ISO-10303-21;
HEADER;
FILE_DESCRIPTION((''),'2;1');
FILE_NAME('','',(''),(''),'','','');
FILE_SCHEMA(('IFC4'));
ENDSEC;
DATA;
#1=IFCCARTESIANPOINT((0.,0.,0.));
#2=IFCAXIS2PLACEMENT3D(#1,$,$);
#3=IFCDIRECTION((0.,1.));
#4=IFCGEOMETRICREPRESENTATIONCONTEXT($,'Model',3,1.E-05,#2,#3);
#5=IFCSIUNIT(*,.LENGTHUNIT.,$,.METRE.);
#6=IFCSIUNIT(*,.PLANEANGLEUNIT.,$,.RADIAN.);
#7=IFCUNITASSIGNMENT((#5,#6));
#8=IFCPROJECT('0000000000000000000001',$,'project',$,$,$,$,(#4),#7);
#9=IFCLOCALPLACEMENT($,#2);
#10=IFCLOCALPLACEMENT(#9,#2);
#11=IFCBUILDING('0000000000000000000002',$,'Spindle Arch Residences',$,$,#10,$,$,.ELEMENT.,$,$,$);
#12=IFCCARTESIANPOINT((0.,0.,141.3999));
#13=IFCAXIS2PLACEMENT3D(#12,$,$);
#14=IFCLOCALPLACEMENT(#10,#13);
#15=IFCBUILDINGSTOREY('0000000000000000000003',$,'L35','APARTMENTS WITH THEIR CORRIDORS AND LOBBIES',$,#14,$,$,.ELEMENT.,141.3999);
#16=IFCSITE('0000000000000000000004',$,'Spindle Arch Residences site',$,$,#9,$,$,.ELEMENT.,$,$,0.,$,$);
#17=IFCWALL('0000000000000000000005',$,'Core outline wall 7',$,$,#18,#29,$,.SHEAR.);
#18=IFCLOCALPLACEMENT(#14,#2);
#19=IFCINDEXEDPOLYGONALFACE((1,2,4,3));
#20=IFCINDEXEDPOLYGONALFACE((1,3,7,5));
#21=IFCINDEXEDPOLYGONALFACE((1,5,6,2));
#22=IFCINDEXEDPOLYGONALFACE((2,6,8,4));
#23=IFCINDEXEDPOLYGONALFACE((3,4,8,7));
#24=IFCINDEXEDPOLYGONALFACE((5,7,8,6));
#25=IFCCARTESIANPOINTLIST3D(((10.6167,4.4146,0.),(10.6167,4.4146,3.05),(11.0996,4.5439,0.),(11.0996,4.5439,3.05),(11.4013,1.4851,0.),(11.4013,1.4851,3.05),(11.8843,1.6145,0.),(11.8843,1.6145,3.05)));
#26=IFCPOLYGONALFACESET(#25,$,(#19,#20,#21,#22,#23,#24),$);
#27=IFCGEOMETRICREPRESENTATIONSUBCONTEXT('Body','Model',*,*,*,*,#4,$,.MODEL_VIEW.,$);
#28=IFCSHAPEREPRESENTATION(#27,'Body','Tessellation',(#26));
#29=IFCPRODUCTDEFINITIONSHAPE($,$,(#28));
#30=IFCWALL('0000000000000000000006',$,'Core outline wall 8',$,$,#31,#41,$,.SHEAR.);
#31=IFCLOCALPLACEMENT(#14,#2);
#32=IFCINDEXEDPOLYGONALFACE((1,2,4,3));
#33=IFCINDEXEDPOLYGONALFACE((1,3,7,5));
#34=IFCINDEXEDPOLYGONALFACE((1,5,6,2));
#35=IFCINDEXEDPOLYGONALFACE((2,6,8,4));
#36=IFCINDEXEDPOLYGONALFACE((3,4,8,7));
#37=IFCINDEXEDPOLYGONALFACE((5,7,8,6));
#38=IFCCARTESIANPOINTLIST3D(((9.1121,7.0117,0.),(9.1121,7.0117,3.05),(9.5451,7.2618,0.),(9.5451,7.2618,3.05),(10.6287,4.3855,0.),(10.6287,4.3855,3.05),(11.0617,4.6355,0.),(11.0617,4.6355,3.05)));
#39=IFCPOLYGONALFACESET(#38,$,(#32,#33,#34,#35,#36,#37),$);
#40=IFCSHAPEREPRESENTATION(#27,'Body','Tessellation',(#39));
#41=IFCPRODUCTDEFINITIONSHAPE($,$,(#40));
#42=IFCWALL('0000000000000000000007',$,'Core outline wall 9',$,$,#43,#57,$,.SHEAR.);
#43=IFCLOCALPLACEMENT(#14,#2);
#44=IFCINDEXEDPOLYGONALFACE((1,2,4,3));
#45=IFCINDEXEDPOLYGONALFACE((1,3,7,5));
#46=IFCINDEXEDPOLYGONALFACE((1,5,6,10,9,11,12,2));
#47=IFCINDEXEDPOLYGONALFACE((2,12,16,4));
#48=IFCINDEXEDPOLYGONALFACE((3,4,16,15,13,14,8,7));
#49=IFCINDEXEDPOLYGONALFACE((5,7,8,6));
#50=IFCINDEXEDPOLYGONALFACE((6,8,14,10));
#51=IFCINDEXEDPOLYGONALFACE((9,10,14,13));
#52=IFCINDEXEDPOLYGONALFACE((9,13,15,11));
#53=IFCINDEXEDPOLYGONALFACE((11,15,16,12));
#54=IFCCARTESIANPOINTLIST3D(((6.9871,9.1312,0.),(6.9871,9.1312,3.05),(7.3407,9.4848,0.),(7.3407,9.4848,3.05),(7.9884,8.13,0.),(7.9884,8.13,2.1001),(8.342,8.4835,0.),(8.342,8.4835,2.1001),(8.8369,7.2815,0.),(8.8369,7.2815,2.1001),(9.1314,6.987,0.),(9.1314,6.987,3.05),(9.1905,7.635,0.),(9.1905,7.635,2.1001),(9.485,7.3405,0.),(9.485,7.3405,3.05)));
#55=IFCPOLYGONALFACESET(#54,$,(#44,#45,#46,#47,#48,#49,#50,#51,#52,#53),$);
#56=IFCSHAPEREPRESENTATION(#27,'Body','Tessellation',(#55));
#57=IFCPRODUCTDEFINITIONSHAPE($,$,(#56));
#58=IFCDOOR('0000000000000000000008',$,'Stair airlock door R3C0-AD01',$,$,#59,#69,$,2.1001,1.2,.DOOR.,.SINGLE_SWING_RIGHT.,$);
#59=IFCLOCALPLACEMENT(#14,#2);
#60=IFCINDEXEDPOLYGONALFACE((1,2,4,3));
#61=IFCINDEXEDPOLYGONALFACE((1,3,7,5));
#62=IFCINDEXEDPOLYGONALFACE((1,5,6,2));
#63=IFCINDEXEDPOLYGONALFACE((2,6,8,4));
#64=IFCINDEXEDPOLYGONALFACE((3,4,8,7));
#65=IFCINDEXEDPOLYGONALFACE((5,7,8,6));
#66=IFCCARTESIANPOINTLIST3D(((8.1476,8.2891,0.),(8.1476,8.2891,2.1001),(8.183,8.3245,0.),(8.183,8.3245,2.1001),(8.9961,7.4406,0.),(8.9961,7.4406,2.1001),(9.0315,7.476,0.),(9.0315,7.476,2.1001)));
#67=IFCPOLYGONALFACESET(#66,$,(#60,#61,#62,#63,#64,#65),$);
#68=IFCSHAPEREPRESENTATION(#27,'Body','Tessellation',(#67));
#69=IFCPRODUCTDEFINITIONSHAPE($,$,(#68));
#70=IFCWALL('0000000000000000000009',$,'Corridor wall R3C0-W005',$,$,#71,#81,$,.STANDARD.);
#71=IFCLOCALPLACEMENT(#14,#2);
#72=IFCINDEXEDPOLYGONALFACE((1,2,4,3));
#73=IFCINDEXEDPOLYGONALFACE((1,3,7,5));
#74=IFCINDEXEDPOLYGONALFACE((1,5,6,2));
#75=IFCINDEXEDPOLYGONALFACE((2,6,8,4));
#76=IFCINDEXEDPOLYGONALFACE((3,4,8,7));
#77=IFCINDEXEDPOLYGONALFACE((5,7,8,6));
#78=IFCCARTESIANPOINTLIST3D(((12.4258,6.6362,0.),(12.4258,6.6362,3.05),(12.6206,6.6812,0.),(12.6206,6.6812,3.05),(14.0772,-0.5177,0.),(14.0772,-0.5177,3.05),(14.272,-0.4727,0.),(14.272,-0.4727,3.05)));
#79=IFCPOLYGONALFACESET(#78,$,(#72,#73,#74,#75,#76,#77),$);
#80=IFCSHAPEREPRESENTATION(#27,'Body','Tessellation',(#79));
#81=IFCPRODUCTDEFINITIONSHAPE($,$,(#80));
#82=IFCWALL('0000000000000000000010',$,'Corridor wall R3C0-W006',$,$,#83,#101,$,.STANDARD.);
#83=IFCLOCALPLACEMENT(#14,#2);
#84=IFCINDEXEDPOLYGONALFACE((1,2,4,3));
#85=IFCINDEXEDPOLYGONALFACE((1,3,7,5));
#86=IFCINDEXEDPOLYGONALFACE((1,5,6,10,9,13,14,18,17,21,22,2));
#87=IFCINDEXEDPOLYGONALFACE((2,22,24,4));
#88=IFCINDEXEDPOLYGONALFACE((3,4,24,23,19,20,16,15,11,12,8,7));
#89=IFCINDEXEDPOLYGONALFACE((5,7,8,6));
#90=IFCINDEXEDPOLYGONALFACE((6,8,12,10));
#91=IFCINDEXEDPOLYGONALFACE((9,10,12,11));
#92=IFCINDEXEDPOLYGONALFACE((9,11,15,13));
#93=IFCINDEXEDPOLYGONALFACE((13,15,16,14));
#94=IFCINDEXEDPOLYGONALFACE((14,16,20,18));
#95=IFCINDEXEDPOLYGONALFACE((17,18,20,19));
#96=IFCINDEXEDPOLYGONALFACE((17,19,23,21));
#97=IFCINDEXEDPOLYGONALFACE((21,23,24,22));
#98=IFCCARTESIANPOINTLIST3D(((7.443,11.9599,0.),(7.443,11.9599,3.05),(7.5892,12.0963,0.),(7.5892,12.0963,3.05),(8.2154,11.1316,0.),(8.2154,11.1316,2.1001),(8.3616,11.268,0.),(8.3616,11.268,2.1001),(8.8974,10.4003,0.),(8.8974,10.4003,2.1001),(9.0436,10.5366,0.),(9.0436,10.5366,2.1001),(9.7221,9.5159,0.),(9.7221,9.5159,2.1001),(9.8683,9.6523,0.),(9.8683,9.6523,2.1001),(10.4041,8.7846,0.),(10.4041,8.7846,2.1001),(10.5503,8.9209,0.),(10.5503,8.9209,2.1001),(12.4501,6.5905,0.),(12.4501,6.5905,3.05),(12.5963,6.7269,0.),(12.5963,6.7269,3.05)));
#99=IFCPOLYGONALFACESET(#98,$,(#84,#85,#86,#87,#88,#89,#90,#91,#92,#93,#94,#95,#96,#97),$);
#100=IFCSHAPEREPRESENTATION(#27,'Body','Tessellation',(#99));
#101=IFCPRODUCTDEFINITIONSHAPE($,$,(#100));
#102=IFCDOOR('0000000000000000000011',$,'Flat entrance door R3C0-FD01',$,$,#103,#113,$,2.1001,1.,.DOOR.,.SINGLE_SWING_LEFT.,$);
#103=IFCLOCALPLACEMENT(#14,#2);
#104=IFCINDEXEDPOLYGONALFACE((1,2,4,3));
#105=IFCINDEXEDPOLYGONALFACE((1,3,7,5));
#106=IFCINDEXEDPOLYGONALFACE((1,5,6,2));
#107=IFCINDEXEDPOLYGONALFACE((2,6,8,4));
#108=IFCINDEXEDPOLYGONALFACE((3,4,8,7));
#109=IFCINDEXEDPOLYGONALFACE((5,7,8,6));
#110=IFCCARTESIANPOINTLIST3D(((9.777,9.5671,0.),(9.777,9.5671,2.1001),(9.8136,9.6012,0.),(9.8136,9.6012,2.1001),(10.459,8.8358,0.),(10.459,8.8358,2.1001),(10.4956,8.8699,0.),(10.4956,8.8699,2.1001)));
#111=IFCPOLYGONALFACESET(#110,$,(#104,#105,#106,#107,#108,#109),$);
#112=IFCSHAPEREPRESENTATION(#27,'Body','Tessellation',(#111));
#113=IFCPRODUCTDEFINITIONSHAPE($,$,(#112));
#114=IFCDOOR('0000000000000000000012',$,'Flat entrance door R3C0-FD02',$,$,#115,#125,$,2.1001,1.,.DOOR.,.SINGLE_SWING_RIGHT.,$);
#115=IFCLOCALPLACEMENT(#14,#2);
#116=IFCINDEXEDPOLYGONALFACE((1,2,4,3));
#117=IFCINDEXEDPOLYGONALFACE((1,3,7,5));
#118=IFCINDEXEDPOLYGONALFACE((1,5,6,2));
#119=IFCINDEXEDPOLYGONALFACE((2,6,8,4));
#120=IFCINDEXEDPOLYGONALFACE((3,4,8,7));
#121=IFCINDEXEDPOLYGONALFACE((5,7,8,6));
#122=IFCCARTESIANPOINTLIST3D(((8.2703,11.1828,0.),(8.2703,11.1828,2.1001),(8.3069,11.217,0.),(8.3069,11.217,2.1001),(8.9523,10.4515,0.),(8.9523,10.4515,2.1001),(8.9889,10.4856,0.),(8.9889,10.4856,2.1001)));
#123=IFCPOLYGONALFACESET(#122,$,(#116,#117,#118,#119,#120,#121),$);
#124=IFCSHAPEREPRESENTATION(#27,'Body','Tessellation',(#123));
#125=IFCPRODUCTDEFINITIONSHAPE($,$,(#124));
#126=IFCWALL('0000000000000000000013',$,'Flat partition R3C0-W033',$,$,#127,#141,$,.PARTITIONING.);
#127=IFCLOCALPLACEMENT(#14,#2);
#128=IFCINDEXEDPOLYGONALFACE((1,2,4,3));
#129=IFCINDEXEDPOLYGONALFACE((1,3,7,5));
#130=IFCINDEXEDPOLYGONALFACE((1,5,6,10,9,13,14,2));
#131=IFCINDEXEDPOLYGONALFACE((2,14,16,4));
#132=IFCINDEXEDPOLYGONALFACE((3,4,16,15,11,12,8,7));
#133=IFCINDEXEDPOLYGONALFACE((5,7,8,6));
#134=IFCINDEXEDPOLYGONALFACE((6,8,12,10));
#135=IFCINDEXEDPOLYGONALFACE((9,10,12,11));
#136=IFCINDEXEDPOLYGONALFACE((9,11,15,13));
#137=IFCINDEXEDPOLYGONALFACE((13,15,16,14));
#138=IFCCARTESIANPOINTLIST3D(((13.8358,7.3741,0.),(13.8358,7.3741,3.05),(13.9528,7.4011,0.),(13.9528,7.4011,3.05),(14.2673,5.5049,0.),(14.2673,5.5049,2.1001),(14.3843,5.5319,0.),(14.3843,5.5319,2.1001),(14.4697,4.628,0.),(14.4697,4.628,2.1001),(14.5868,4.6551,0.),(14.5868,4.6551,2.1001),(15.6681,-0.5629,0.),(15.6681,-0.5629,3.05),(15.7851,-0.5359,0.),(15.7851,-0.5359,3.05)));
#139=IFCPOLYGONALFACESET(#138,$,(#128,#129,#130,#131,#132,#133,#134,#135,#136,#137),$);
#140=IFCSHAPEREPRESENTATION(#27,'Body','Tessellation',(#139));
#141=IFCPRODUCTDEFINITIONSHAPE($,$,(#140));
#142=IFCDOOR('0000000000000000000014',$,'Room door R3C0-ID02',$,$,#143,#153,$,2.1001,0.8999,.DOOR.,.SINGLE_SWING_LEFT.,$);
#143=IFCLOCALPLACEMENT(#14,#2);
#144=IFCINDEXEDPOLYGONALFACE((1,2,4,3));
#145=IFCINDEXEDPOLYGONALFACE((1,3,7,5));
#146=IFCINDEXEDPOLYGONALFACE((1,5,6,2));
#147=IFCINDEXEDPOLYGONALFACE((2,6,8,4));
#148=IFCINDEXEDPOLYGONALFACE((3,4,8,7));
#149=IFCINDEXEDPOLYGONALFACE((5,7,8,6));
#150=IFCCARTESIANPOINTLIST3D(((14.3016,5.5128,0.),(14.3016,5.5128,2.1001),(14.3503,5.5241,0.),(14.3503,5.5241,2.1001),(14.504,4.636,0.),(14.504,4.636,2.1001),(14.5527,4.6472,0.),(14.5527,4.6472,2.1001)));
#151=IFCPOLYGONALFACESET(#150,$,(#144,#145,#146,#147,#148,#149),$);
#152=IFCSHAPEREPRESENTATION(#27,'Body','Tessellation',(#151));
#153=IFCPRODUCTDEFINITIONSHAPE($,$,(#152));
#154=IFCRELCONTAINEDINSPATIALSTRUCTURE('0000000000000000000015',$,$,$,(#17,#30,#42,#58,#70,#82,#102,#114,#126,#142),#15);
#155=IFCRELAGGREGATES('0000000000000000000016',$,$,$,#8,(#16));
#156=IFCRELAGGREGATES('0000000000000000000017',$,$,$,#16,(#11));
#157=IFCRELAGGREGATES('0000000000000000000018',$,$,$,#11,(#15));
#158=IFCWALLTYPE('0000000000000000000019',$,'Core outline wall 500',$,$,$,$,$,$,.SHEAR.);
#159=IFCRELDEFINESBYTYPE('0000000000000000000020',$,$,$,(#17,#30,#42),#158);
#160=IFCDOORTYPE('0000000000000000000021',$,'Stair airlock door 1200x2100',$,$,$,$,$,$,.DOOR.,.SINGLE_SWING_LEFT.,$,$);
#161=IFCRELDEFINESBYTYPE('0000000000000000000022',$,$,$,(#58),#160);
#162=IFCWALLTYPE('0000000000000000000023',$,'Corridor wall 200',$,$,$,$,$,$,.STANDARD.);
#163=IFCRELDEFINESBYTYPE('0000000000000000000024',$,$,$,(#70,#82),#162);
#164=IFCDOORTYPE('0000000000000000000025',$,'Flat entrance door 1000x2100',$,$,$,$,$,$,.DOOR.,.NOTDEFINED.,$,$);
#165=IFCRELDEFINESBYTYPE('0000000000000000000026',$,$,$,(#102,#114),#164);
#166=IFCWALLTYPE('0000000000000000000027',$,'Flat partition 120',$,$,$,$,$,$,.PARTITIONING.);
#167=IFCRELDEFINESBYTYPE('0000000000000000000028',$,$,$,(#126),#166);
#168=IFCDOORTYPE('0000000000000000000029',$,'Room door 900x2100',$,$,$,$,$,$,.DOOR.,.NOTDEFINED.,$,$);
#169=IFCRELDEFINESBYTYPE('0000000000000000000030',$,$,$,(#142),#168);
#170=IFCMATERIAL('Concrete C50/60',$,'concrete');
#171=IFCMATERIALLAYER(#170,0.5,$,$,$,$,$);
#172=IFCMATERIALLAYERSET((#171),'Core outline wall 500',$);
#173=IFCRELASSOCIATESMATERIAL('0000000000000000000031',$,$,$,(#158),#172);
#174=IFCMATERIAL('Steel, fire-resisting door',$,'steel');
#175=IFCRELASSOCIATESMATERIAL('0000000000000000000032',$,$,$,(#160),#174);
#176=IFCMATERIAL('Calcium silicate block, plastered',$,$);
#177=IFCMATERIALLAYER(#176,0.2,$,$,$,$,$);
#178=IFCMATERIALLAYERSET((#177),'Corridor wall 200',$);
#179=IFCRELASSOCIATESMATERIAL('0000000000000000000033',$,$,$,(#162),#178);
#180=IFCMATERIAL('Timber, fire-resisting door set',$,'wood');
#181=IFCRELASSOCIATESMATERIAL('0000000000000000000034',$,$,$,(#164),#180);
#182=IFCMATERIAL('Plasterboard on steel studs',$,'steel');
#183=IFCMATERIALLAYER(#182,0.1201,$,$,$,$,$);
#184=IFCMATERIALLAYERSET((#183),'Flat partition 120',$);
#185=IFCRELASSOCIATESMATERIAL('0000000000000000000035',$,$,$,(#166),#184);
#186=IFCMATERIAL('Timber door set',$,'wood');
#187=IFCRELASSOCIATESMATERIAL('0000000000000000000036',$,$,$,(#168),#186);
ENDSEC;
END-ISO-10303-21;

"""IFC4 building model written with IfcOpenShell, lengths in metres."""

from ifc_helpers import new_model, si_unit, direction, frame, frame_2d, origin, place, context, subcontext, project, spatial, rectangle, extrude, material, layer, layer_set, type_object, element, fill, save


model = new_model("IFC4")

# Units and contexts
model_context = context("Model", 3, precision=1e-05, world=origin(), true_north=direction((0.0, 1.0)))
body_context = subcontext(model_context, "Body", "Model", "MODEL_VIEW")
ifc_project = project(units=[si_unit("LENGTHUNIT", "METRE"), si_unit("PLANEANGLEUNIT", "RADIAN")], contexts=[model_context])

# Site, building, storey
site_placement = place(None, origin())
site = spatial("IfcSite", under=ifc_project, at=site_placement, Name="Spindle Arch Residences site", CompositionType="ELEMENT", RefElevation=0.0)
building_placement = place(site_placement, origin())
building = spatial("IfcBuilding", under=site, at=building_placement, Name="Spindle Arch Residences", CompositionType="ELEMENT")
storey_placement = place(building_placement, frame((0.0, 0.0, 141.3999)))
storey = spatial("IfcBuildingStorey", under=building, at=storey_placement, Name="L35", Description="APARTMENTS WITH THEIR CORRIDORS AND LOBBIES", CompositionType="ELEMENT", Elevation=141.3999)

# Walls
ifc_material_1 = material(Name="Concrete C50/60", Category="concrete")
ifc_layer_1 = layer(ifc_material_1, 0.5)
ifc_layer_set_1 = layer_set([ifc_layer_1], Name="Core outline wall 500")
wall_type_1 = type_object("IfcWallType", Name="Core outline wall 500", PredefinedType="SHEAR", material=ifc_layer_set_1)
for number, where, z_axis, x_axis, name in (
    (1, (11.6428, 1.5498, 0.0), (0.0, 0.0, 1.0), (-0.258735, 0.965948, 0.0), "Core outline wall 7"),
    (2, (10.8452, 4.5105, 0.0), (0.0, 0.0, 1.0), (-0.500087, 0.865975, 0.0), "Core outline wall 8"),
):
    element("IfcWall", number, at=place(storey_placement, frame(where, z_axis=z_axis, x_axis=x_axis)), inside=storey, type_object=wall_type_1, Name=name, PredefinedType="SHEAR", context=body_context, shape_type="SweptSolid", body=[
        extrude(rectangle(XDim=3.0327, YDim=0.5, at=frame_2d((1.5164, 0.0))), origin(), (0.0, 0.0, 1.0), 3.05),
    ])

# Wall, opening, door
wall_1_placement = place(storey_placement, frame((9.3081, 7.1638, 0.0), z_axis=(0.0, 0.0, 1.0), x_axis=(-0.707107, 0.707107, 0.0)))
wall_1 = element("IfcWall", 3, at=wall_1_placement, inside=storey, type_object=wall_type_1, Name="Core outline wall 9", PredefinedType="SHEAR", context=body_context, shape_type="SweptSolid", body=[
    extrude(rectangle(XDim=3.0325, YDim=0.5, at=frame_2d((1.5161, 0.0))), origin(), (0.0, 0.0, 1.0), 3.05),
])
opening_1_placement = place(wall_1_placement, frame((0.4163, 0.0, 0.0)))
opening_1 = element("IfcOpeningElement", 4, at=opening_1_placement, cuts=wall_1, PredefinedType="OPENING", context=body_context, shape_type="SweptSolid", body=[
    extrude(rectangle(XDim=1.2, YDim=2.1001, at=frame_2d((0.6001, 1.05))), frame((0.0, 0.26, 0.0), z_axis=(0.0, -1.0, 0.0), x_axis=(1.0, 0.0, 0.0)), (0.0, 0.0, 1.0), 0.52),
])
ifc_material_2 = material(Name="Steel, fire-resisting door", Category="steel")
door_type_1 = type_object("IfcDoorType", Name="Stair airlock door 1200x2100", OperationType="SINGLE_SWING_LEFT", PredefinedType="DOOR", material=ifc_material_2)
door_1_placement = place(opening_1_placement, origin())
door_1 = element("IfcDoor", 5, at=door_1_placement, inside=storey, type_object=door_type_1, Name="Stair airlock door R3C0-AD01", OperationType="SINGLE_SWING_RIGHT", OverallHeight=2.1001, OverallWidth=1.2, PredefinedType="DOOR", context=body_context, shape_type="SweptSolid", body=[
    extrude(rectangle(XDim=1.2, YDim=2.1001, at=frame_2d((0.6001, 1.05))), frame((0.0, 0.0249, 0.0), z_axis=(0.0, -1.0, 0.0), x_axis=(1.0, 0.0, 0.0)), (0.0, 0.0, 1.0), 0.05),
])
fill(opening_1, door_1)

# Wall
ifc_material_3 = material(Name="Calcium silicate block, plastered")
ifc_layer_2 = layer(ifc_material_3, 0.2)
ifc_layer_set_2 = layer_set([ifc_layer_2], Name="Corridor wall 200")
wall_type_2 = type_object("IfcWallType", Name="Corridor wall 200", PredefinedType="STANDARD", material=ifc_layer_set_2)
wall_2_placement = place(storey_placement, frame((14.1746, -0.4951, 0.0), z_axis=(0.0, 0.0, 1.0), x_axis=(-0.224923, 0.974377, 0.0)))
element("IfcWall", 6, at=wall_2_placement, inside=storey, type_object=wall_type_2, Name="Corridor wall R3C0-W005", PredefinedType="STANDARD", context=body_context, shape_type="SweptSolid", body=[
    extrude(rectangle(XDim=7.342, YDim=0.2, at=frame_2d((3.6709, 0.0))), origin(), (0.0, 0.0, 1.0), 3.05),
])

# Wall, openings, doors
wall_3_placement = place(storey_placement, frame((12.5232, 6.6587, 0.0), z_axis=(0.0, 0.0, 1.0), x_axis=(-0.682002, 0.73135, 0.0)))
wall_3 = element("IfcWall", 7, at=wall_3_placement, inside=storey, type_object=wall_type_2, Name="Corridor wall R3C0-W006", PredefinedType="STANDARD", context=body_context, shape_type="SweptSolid", body=[
    extrude(rectangle(XDim=7.3418, YDim=0.2, at=frame_2d((3.6709, 0.0))), origin(), (0.0, 0.0, 1.0), 3.05),
])
opening_2_placement = place(wall_3_placement, frame((3.0, 0.0, 0.0)))
opening_2 = element("IfcOpeningElement", 8, at=opening_2_placement, cuts=wall_3, PredefinedType="OPENING", context=body_context, shape_type="SweptSolid", body=[
    extrude(rectangle(XDim=1.0, YDim=2.1001, at=frame_2d((0.5, 1.05))), frame((0.0, 0.1099, 0.0), z_axis=(0.0, -1.0, 0.0), x_axis=(1.0, 0.0, 0.0)), (0.0, 0.0, 1.0), 0.22),
])
opening_3_placement = place(wall_3_placement, frame((5.2092, 0.0, 0.0)))
opening_3 = element("IfcOpeningElement", 9, at=opening_3_placement, cuts=wall_3, PredefinedType="OPENING", context=body_context, shape_type="SweptSolid", body=[
    extrude(rectangle(XDim=1.0, YDim=2.1001, at=frame_2d((0.5, 1.05))), frame((0.0, 0.1099, 0.0), z_axis=(0.0, -1.0, 0.0), x_axis=(1.0, 0.0, 0.0)), (0.0, 0.0, 1.0), 0.22),
])
ifc_material_4 = material(Name="Timber, fire-resisting door set", Category="wood")
door_type_2 = type_object("IfcDoorType", Name="Flat entrance door 1000x2100", OperationType="NOTDEFINED", PredefinedType="DOOR", material=ifc_material_4)
door_2_placement = place(opening_2_placement, origin())
door_2 = element("IfcDoor", 10, at=door_2_placement, inside=storey, type_object=door_type_2, Name="Flat entrance door R3C0-FD01", OperationType="SINGLE_SWING_LEFT", OverallHeight=2.1001, OverallWidth=1.0, PredefinedType="DOOR", context=body_context, shape_type="SweptSolid", body=[
    extrude(rectangle(XDim=1.0, YDim=2.1001, at=frame_2d((0.5, 1.05))), frame((0.0, 0.0249, 0.0), z_axis=(0.0, -1.0, 0.0), x_axis=(1.0, 0.0, 0.0)), (0.0, 0.0, 1.0), 0.05),
])
fill(opening_2, door_2)
door_3_placement = place(opening_3_placement, origin())
door_3 = element("IfcDoor", 11, at=door_3_placement, inside=storey, type_object=door_type_2, Name="Flat entrance door R3C0-FD02", OperationType="SINGLE_SWING_RIGHT", OverallHeight=2.1001, OverallWidth=1.0, PredefinedType="DOOR", context=body_context, shape_type="SweptSolid", body=[
    extrude(rectangle(XDim=1.0, YDim=2.1001, at=frame_2d((0.5, 1.05))), frame((0.0, 0.0249, 0.0), z_axis=(0.0, -1.0, 0.0), x_axis=(1.0, 0.0, 0.0)), (0.0, 0.0, 1.0), 0.05),
])
fill(opening_3, door_3)

# Wall, opening, door
ifc_material_5 = material(Name="Plasterboard on steel studs", Category="steel")
ifc_layer_3 = layer(ifc_material_5, 0.1201)
ifc_layer_set_3 = layer_set([ifc_layer_3], Name="Flat partition 120")
wall_type_3 = type_object("IfcWallType", Name="Flat partition 120", PredefinedType="PARTITIONING", material=ifc_layer_set_3)
wall_4_placement = place(storey_placement, frame((15.7266, -0.5493, 0.0), z_axis=(0.0, 0.0, 1.0), x_axis=(-0.224936, 0.974374, 0.0)))
wall_4 = element("IfcWall", 12, at=wall_4_placement, inside=storey, type_object=wall_type_3, Name="Flat partition R3C0-W033", PredefinedType="PARTITIONING", context=body_context, shape_type="SweptSolid", body=[
    extrude(rectangle(XDim=8.1458, YDim=0.1201, at=frame_2d((4.0728, 0.0))), origin(), (0.0, 0.0, 1.0), 3.05),
])
opening_4_placement = place(wall_4_placement, frame((5.3274, 0.0, 0.0)))
opening_4 = element("IfcOpeningElement", 13, at=opening_4_placement, cuts=wall_4, PredefinedType="OPENING", context=body_context, shape_type="SweptSolid", body=[
    extrude(rectangle(XDim=0.8999, YDim=2.1001, at=frame_2d((0.45, 1.05))), frame((0.0, 0.0701, 0.0), z_axis=(0.0, -1.0, 0.0), x_axis=(1.0, 0.0, 0.0)), (0.0, 0.0, 1.0), 0.1401),
])
ifc_material_6 = material(Name="Timber door set", Category="wood")
door_type_3 = type_object("IfcDoorType", Name="Room door 900x2100", OperationType="NOTDEFINED", PredefinedType="DOOR", material=ifc_material_6)
door_4_placement = place(opening_4_placement, origin())
door_4 = element("IfcDoor", 14, at=door_4_placement, inside=storey, type_object=door_type_3, Name="Room door R3C0-ID02", OperationType="SINGLE_SWING_LEFT", OverallHeight=2.1001, OverallWidth=0.8999, PredefinedType="DOOR", context=body_context, shape_type="SweptSolid", body=[
    extrude(rectangle(XDim=0.8999, YDim=2.1001, at=frame_2d((0.45, 1.05))), frame((0.0, 0.0249, 0.0), z_axis=(0.0, -1.0, 0.0), x_axis=(1.0, 0.0, 0.0)), (0.0, 0.0, 1.0), 0.05),
])
fill(opening_4, door_4)

save(model, "model.ifc")
